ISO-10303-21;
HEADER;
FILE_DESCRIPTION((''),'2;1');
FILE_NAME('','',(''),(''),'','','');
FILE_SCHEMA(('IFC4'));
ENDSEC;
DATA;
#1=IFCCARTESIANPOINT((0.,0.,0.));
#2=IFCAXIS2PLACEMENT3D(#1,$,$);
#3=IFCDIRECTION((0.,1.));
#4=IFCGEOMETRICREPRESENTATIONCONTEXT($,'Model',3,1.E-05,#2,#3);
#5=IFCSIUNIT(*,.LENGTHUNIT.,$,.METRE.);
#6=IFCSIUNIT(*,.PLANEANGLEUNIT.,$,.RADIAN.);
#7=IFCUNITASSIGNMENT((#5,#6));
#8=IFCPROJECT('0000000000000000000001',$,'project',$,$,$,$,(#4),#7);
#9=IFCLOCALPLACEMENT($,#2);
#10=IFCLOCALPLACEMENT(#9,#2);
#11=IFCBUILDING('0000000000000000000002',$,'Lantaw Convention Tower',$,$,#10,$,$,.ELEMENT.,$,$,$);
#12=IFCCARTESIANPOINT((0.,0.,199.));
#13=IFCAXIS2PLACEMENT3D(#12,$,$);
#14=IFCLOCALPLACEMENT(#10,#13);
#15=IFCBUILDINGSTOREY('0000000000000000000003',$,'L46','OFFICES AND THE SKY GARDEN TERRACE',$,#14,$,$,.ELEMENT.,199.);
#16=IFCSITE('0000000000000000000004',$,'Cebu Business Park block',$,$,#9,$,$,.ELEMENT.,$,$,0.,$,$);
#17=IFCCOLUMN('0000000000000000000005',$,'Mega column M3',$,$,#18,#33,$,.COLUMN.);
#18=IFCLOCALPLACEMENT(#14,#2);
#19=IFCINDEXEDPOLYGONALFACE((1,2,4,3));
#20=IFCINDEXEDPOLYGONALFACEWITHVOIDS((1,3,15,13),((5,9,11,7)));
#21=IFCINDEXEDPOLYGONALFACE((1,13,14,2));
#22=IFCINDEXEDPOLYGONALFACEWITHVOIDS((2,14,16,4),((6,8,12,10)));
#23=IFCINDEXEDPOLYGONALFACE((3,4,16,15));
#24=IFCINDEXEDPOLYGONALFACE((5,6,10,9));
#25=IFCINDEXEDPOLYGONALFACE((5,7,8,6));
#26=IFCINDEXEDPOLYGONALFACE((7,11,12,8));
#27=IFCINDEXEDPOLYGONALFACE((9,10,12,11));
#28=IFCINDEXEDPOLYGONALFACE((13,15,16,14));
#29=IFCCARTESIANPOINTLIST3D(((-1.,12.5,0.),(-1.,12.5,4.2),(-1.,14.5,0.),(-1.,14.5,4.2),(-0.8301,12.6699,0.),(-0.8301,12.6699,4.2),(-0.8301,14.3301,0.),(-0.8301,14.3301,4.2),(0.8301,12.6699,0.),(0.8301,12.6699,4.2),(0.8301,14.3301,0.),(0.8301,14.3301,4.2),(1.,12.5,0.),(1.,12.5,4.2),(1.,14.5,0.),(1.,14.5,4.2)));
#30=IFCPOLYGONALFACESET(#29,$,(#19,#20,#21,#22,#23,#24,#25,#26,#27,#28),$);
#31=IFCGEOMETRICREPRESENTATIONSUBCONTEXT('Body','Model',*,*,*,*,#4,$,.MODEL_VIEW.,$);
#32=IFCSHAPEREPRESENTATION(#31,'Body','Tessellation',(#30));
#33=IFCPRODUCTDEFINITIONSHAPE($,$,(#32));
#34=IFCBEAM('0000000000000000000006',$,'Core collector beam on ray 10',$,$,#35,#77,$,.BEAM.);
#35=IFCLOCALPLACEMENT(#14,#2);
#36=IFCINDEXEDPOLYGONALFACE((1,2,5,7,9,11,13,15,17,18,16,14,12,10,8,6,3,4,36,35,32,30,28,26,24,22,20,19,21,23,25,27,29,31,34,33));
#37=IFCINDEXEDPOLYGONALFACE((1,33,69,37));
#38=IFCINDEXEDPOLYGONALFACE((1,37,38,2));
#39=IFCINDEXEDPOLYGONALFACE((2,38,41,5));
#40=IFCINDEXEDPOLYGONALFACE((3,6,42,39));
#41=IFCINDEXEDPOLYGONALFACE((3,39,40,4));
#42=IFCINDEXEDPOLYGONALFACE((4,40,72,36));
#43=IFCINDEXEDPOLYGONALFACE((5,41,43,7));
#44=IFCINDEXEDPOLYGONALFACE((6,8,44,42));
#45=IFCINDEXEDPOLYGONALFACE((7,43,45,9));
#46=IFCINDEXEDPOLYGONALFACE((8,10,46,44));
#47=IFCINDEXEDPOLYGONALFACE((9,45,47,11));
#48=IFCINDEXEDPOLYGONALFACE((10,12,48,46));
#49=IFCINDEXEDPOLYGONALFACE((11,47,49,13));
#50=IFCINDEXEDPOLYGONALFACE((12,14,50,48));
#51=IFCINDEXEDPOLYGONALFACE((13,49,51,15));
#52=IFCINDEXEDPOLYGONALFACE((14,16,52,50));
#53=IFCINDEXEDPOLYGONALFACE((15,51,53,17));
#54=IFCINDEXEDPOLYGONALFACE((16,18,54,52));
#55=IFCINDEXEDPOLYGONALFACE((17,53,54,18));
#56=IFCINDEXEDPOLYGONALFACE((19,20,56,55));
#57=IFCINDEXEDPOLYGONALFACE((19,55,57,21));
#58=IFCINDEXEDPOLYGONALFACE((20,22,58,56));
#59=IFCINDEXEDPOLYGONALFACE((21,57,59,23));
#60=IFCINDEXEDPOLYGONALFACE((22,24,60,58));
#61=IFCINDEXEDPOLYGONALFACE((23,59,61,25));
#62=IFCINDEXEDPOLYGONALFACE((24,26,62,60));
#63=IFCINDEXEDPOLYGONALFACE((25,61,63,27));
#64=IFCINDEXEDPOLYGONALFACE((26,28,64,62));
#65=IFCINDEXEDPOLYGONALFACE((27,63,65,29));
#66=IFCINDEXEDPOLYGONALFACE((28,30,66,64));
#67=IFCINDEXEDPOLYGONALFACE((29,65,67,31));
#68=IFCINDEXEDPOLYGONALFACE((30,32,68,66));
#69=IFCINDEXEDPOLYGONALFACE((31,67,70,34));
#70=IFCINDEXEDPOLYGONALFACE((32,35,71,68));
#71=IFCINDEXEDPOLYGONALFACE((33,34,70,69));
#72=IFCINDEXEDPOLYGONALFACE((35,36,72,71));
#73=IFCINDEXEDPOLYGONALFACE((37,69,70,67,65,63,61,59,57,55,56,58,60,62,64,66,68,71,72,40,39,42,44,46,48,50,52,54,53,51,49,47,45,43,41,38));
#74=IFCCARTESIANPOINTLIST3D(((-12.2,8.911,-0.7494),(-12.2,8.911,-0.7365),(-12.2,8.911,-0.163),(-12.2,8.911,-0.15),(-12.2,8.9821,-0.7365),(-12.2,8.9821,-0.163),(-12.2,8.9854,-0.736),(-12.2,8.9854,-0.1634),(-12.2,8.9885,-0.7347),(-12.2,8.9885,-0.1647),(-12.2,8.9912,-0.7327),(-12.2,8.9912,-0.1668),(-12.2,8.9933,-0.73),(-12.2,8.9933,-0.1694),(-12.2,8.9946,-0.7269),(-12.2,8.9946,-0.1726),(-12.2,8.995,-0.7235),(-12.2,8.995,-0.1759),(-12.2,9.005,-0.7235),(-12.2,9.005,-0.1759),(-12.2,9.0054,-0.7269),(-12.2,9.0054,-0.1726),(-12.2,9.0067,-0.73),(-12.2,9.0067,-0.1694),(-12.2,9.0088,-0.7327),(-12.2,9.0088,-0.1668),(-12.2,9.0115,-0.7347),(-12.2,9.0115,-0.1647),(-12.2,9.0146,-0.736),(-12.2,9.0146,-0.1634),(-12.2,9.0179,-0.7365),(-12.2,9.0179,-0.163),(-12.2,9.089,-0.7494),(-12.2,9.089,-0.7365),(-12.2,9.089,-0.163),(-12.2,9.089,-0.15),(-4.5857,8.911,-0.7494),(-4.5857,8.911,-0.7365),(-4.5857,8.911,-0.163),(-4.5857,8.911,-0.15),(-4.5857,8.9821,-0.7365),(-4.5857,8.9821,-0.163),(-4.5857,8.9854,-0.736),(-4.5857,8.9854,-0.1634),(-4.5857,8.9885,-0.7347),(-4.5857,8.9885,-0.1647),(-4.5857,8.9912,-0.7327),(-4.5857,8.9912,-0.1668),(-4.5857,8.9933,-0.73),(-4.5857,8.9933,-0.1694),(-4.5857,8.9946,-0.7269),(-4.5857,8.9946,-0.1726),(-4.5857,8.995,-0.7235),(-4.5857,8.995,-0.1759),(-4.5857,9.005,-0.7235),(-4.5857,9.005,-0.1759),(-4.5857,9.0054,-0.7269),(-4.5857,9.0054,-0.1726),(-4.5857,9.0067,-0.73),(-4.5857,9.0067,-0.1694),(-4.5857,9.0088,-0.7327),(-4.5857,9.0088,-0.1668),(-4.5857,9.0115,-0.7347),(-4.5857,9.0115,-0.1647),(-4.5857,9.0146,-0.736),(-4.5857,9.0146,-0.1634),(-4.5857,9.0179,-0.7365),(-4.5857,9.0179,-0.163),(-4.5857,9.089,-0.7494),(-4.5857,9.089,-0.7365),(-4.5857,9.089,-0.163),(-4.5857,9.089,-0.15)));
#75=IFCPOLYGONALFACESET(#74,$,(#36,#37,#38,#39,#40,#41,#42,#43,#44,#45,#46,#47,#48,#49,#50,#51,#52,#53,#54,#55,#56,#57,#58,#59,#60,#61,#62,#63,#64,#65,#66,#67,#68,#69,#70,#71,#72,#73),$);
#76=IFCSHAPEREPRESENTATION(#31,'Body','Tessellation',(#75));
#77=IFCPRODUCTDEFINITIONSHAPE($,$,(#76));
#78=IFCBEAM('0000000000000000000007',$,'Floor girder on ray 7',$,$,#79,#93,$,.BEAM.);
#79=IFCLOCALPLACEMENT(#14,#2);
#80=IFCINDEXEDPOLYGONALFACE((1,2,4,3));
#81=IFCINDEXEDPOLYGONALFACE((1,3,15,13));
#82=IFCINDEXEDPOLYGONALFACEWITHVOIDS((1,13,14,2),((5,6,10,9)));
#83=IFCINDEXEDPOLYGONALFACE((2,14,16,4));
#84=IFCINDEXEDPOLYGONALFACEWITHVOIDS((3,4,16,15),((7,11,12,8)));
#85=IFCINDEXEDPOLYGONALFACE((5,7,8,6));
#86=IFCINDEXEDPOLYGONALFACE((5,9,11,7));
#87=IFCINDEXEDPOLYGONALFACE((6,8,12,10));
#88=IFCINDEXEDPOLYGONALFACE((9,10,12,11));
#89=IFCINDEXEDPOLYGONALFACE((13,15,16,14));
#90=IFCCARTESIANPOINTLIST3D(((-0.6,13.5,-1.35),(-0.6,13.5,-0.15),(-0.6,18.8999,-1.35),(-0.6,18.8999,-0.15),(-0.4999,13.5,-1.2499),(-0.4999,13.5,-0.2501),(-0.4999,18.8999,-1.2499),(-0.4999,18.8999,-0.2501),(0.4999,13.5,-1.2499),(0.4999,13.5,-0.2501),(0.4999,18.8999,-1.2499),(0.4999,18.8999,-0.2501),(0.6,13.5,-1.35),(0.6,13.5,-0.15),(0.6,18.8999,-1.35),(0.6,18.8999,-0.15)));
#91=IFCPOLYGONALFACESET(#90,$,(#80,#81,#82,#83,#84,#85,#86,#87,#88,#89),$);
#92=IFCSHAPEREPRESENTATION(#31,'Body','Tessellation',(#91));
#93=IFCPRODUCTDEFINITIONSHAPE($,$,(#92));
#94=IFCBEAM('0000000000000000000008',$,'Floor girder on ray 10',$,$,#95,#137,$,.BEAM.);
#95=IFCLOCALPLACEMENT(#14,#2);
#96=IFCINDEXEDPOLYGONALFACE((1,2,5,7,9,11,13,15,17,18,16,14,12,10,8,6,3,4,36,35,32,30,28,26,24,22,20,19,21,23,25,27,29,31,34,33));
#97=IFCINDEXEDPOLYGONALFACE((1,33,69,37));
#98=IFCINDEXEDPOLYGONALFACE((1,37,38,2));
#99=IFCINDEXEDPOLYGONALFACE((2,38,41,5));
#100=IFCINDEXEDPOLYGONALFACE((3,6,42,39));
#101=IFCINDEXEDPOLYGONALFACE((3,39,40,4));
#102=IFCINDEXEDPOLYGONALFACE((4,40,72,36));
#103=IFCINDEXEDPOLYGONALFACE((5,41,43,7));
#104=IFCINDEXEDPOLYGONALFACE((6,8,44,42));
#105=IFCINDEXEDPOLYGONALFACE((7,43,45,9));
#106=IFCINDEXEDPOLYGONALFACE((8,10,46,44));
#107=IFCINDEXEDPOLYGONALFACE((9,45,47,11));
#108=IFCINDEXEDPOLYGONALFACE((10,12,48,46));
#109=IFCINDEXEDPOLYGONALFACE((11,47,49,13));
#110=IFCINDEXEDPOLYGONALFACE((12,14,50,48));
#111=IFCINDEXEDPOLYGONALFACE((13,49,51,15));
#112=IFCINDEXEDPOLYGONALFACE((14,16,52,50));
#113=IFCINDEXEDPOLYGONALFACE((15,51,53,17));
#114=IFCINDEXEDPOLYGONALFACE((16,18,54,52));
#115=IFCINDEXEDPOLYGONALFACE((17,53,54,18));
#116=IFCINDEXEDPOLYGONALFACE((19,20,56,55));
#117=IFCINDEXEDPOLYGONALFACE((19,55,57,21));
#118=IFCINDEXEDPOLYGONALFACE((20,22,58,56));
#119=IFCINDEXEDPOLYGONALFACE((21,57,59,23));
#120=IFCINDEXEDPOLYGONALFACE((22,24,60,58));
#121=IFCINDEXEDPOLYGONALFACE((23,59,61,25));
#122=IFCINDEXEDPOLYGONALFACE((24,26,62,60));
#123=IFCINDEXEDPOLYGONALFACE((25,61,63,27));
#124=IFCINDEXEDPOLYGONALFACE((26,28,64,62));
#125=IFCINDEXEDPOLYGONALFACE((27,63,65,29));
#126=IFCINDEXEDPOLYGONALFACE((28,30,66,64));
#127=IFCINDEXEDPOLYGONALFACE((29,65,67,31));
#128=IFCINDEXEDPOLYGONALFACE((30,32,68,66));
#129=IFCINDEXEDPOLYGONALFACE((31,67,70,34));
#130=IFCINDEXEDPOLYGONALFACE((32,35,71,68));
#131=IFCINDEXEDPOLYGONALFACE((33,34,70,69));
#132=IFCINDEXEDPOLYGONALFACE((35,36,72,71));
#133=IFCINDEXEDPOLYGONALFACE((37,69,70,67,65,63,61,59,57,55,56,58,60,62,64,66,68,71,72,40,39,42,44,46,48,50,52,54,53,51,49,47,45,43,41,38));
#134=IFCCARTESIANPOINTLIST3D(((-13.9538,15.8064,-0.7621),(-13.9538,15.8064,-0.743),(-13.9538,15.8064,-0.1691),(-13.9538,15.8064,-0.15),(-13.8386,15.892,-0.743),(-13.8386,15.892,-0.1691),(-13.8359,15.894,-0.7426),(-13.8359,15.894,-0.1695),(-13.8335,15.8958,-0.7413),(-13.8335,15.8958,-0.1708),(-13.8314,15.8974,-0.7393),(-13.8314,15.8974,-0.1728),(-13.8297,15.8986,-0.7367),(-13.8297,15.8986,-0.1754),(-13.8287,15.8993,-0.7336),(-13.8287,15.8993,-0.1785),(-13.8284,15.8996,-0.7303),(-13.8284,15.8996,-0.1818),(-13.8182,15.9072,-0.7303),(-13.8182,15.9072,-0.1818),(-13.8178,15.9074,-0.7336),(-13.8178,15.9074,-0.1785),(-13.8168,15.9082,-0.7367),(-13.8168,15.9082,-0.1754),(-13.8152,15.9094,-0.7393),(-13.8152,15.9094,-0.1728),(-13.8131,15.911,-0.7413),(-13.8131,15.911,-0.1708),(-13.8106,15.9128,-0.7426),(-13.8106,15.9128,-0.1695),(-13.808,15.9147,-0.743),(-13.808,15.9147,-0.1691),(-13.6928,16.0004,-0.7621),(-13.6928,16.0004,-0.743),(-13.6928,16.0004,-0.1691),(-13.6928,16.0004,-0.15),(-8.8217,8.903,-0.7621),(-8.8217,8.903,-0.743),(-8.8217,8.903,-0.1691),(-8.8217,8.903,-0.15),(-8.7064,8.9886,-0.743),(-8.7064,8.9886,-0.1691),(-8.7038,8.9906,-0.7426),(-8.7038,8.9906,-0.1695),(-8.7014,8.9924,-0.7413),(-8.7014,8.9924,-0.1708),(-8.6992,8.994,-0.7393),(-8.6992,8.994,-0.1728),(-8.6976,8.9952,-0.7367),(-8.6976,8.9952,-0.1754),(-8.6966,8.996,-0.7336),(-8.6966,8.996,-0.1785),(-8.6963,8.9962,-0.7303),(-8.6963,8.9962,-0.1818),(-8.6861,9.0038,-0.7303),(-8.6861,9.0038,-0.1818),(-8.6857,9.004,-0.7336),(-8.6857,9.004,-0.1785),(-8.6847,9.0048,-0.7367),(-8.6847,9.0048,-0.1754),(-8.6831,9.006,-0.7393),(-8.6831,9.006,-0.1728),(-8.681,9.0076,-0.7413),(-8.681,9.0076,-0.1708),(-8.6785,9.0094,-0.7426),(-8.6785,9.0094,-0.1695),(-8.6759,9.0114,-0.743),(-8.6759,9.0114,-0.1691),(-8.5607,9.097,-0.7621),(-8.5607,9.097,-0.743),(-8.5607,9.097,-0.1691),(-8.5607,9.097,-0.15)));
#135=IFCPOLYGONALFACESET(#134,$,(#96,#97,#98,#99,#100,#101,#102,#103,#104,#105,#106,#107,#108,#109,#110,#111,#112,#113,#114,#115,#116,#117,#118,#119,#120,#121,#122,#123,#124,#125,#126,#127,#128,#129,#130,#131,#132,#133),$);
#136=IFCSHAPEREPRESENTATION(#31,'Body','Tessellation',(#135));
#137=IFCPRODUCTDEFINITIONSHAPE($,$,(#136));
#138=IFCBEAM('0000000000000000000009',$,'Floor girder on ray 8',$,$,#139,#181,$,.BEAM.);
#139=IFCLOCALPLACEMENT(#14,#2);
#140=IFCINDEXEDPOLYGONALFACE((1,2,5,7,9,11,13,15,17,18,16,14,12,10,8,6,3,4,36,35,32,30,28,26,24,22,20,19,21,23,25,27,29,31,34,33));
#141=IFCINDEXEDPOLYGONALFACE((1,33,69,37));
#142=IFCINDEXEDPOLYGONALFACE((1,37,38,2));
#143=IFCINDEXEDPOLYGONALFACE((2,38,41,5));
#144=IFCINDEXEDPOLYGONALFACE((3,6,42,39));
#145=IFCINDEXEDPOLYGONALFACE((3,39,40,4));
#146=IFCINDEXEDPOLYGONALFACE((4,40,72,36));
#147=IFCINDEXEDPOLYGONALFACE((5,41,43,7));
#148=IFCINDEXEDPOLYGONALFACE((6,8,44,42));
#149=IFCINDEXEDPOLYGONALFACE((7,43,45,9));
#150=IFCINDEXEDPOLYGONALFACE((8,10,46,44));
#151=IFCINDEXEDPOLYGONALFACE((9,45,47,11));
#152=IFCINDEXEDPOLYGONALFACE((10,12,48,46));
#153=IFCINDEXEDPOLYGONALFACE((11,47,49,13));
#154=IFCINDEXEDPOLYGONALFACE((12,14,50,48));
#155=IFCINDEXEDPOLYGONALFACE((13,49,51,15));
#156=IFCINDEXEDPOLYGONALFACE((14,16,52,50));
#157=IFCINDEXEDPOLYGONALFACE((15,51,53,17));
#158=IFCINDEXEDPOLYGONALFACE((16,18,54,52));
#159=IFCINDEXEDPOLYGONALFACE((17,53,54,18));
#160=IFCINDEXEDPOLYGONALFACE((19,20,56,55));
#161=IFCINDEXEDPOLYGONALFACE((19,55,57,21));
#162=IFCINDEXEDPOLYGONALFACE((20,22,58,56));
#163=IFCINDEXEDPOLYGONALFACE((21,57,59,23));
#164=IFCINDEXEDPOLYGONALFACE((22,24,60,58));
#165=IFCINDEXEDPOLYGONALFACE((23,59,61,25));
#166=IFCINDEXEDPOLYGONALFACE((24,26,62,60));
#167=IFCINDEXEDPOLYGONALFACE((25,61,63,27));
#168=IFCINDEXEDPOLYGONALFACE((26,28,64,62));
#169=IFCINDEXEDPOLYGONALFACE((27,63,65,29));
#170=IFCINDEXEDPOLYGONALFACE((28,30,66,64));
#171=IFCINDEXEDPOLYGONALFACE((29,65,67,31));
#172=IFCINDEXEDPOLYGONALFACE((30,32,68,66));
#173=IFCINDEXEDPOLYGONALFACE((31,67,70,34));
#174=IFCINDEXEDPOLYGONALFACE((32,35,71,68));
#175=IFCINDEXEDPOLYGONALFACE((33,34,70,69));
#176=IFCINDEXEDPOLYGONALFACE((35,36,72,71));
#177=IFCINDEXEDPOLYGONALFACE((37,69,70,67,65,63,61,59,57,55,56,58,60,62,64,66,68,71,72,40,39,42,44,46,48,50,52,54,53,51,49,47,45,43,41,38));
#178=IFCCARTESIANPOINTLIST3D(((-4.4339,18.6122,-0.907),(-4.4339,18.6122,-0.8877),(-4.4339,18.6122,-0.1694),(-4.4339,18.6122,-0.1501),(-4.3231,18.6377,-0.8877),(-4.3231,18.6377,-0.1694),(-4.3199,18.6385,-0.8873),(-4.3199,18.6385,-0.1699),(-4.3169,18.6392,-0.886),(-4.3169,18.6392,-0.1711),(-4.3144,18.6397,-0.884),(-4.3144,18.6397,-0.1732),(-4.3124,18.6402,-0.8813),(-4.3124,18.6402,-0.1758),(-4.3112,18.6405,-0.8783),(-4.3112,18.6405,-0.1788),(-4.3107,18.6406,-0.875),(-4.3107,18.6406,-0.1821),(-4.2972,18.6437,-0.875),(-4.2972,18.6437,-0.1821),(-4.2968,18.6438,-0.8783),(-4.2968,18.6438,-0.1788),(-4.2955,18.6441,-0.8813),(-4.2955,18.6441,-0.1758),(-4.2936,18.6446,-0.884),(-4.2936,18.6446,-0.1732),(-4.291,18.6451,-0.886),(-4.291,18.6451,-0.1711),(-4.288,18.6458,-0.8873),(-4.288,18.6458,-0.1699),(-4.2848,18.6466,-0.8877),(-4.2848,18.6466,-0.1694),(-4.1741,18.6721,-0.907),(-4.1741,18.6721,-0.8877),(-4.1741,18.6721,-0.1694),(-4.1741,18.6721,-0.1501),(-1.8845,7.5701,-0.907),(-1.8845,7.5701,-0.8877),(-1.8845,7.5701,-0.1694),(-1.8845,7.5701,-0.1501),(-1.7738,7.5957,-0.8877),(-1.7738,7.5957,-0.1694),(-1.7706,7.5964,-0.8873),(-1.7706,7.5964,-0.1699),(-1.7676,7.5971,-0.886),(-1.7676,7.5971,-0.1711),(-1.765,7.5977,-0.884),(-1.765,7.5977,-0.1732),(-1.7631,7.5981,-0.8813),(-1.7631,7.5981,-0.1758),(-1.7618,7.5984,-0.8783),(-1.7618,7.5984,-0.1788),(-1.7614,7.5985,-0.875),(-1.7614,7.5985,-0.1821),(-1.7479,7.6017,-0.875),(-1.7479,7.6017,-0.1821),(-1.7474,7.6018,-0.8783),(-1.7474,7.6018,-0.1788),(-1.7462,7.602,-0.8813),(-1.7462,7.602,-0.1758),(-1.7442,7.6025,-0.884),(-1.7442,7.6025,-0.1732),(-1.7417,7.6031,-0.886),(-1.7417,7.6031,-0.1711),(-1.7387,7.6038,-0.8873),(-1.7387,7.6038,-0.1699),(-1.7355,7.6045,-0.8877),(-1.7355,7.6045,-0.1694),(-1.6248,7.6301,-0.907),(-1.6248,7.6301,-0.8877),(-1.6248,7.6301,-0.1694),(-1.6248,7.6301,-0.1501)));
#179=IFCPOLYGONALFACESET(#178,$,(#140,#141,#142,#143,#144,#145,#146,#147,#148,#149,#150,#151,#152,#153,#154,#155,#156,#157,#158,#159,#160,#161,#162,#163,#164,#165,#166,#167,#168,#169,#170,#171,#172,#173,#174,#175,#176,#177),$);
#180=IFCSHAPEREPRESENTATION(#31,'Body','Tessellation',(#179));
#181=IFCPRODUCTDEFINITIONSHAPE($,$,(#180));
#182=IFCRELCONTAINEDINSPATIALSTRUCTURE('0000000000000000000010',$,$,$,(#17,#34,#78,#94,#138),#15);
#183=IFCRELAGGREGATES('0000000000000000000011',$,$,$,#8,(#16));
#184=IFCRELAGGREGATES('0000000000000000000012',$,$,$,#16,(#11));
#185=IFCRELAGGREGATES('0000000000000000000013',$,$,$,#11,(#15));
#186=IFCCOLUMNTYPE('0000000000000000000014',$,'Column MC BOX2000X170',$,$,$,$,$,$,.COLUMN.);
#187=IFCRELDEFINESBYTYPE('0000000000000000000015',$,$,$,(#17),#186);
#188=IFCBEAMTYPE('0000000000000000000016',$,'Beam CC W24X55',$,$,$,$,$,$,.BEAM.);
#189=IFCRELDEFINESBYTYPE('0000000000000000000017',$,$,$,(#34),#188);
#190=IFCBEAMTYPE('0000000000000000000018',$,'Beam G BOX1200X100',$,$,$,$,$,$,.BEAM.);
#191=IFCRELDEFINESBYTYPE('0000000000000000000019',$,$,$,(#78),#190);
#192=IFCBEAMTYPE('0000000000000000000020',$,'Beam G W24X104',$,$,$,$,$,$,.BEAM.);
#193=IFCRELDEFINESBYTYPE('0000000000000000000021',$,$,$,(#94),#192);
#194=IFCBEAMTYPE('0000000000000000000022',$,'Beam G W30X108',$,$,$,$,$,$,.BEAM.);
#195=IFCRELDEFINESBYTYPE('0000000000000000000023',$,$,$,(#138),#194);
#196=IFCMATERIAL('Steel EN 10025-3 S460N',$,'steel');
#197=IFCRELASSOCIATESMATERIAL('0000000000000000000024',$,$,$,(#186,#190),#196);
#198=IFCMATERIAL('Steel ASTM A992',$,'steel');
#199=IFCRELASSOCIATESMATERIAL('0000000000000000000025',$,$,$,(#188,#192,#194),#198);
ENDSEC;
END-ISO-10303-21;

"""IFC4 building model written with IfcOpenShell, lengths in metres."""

from ifc_helpers import new_model, si_unit, direction, frame, origin, origin_2d, place, context, subcontext, project, spatial, rectangle, hollow_rectangle, i_section, extrude, material, material_profile, profile_set, type_object, element, save


model = new_model("IFC4")

# Units and contexts
model_context = context("Model", 3, precision=1e-05, world=origin(), true_north=direction((0.0, 1.0)))
body_context = subcontext(model_context, "Body", "Model", "MODEL_VIEW")
ifc_project = project(units=[si_unit("LENGTHUNIT", "METRE"), si_unit("PLANEANGLEUNIT", "RADIAN")], contexts=[model_context])

# Site, building, storey
site_placement = place(None, origin())
site = spatial("IfcSite", under=ifc_project, at=site_placement, Name="Cebu Business Park block", CompositionType="ELEMENT", RefElevation=0.0)
building_placement = place(site_placement, origin())
building = spatial("IfcBuilding", under=site, at=building_placement, Name="Lantaw Convention Tower", CompositionType="ELEMENT")
storey_placement = place(building_placement, frame((0.0, 0.0, 199.0)))
storey = spatial("IfcBuildingStorey", under=building, at=storey_placement, Name="L46", Description="OFFICES AND THE SKY GARDEN TERRACE", CompositionType="ELEMENT", Elevation=199.0)

# Column
ifc_material_1 = material(Name="Steel EN 10025-3 S460N", Category="steel")
ifc_material_profile_1 = material_profile(ifc_material_1, hollow_rectangle(XDim=2.0, YDim=2.0, WallThickness=0.1699, at=origin_2d()), Name="BOX2000X170")
ifc_material_2 = material(Name="Concrete C60/75", Category="concrete")
ifc_material_profile_2 = material_profile(ifc_material_2, rectangle(XDim=1.6599, YDim=1.6599, at=origin_2d()), Name="Concrete fill of BOX2000X170")
ifc_profile_set_1 = profile_set([ifc_material_profile_1, ifc_material_profile_2], Name="Steel EN 10025-3 S460N")
column_type = type_object("IfcColumnType", Name="Column MC BOX2000X170", PredefinedType="COLUMN", material=ifc_profile_set_1)
column_placement = place(storey_placement, frame((0.0, 13.5, 0.0), z_axis=(0.0, 0.0, 1.0), x_axis=(1.0, 0.0, 0.0)))
element("IfcColumn", 1, at=column_placement, inside=storey, type_object=column_type, Name="Mega column M3", PredefinedType="COLUMN", context=body_context, shape_type="SweptSolid", body=[
    extrude(hollow_rectangle(XDim=2.0, YDim=2.0, WallThickness=0.1699, at=origin_2d()), origin(), (0.0, 0.0, 1.0), 4.2),
])

# Beams
ifc_material_3 = material(Name="Steel ASTM A992", Category="steel")
ifc_material_profile_3 = material_profile(ifc_material_3, i_section(OverallWidth=0.178, OverallDepth=0.5994, WebThickness=0.01, FlangeThickness=0.0129, FilletRadius=0.0129, at=origin_2d()), Name="W24X55")
ifc_profile_set_2 = profile_set([ifc_material_profile_3], Name="Steel ASTM A992")
beam_type_1 = type_object("IfcBeamType", Name="Beam CC W24X55", PredefinedType="BEAM", material=ifc_profile_set_2)
beam_1_placement = place(storey_placement, frame((-12.2, 9.0, -0.4497), z_axis=(1.0, 0.0, 0.0), x_axis=(0.0, 1.0, 0.0)))
element("IfcBeam", 2, at=beam_1_placement, inside=storey, type_object=beam_type_1, Name="Core collector beam on ray 10", PredefinedType="BEAM", context=body_context, shape_type="SweptSolid", body=[
    extrude(i_section(OverallWidth=0.178, OverallDepth=0.5994, WebThickness=0.01, FlangeThickness=0.0129, FilletRadius=0.0129, at=origin_2d()), origin(), (0.0, 0.0, 1.0), 7.6143),
])
ifc_material_profile_4 = material_profile(ifc_material_1, hollow_rectangle(XDim=1.2, YDim=1.2, WallThickness=0.1001, at=origin_2d()), Name="BOX1200X100")
ifc_profile_set_3 = profile_set([ifc_material_profile_4], Name="Steel EN 10025-3 S460N")
beam_type_2 = type_object("IfcBeamType", Name="Beam G BOX1200X100", PredefinedType="BEAM", material=ifc_profile_set_3)
beam_2_placement = place(storey_placement, frame((0.0, 13.5, -0.75), z_axis=(0.0, 1.0, 0.0), x_axis=(-1.0, 0.0, 0.0)))
element("IfcBeam", 3, at=beam_2_placement, inside=storey, type_object=beam_type_2, Name="Floor girder on ray 7", PredefinedType="BEAM", context=body_context, shape_type="SweptSolid", body=[
    extrude(hollow_rectangle(XDim=1.2, YDim=1.2, WallThickness=0.1001, at=origin_2d()), origin(), (0.0, 0.0, 1.0), 5.3999),
])
ifc_material_profile_5 = material_profile(ifc_material_3, i_section(OverallWidth=0.3252, OverallDepth=0.6121, WebThickness=0.0127, FlangeThickness=0.019, FilletRadius=0.0127, at=origin_2d()), Name="W24X104")
ifc_profile_set_4 = profile_set([ifc_material_profile_5], Name="Steel ASTM A992")
beam_type_3 = type_object("IfcBeamType", Name="Beam G W24X104", PredefinedType="BEAM", material=ifc_profile_set_4)
beam_3_placement = place(storey_placement, frame((-8.6912, 9.0, -0.4561), z_axis=(-0.596616, 0.802527, 0.0), x_axis=(-0.802527, -0.596616, 0.0)))
element("IfcBeam", 4, at=beam_3_placement, inside=storey, type_object=beam_type_3, Name="Floor girder on ray 10", PredefinedType="BEAM", context=body_context, shape_type="SweptSolid", body=[
    extrude(i_section(OverallWidth=0.3252, OverallDepth=0.6121, WebThickness=0.0127, FlangeThickness=0.019, FilletRadius=0.0127, at=origin_2d()), origin(), (0.0, 0.0, 1.0), 8.6021),
])
ifc_material_profile_6 = material_profile(ifc_material_3, i_section(OverallWidth=0.2666, OverallDepth=0.7568, WebThickness=0.0139, FlangeThickness=0.0193, FilletRadius=0.0127, at=origin_2d()), Name="W30X108")
ifc_profile_set_5 = profile_set([ifc_material_profile_6], Name="Steel ASTM A992")
beam_type_4 = type_object("IfcBeamType", Name="Beam G W30X108", PredefinedType="BEAM", material=ifc_profile_set_5)
beam_4_placement = place(storey_placement, frame((-1.7546, 7.6001, -0.5286), z_axis=(-0.224957, 0.974369, 0.0), x_axis=(-0.974369, -0.224957, 0.0)))
element("IfcBeam", 5, at=beam_4_placement, inside=storey, type_object=beam_type_4, Name="Floor girder on ray 8", PredefinedType="BEAM", context=body_context, shape_type="SweptSolid", body=[
    extrude(i_section(OverallWidth=0.2666, OverallDepth=0.7568, WebThickness=0.0139, FlangeThickness=0.0193, FilletRadius=0.0127, at=origin_2d()), origin(), (0.0, 0.0, 1.0), 11.3325),
])

save(model, "model.ifc")
